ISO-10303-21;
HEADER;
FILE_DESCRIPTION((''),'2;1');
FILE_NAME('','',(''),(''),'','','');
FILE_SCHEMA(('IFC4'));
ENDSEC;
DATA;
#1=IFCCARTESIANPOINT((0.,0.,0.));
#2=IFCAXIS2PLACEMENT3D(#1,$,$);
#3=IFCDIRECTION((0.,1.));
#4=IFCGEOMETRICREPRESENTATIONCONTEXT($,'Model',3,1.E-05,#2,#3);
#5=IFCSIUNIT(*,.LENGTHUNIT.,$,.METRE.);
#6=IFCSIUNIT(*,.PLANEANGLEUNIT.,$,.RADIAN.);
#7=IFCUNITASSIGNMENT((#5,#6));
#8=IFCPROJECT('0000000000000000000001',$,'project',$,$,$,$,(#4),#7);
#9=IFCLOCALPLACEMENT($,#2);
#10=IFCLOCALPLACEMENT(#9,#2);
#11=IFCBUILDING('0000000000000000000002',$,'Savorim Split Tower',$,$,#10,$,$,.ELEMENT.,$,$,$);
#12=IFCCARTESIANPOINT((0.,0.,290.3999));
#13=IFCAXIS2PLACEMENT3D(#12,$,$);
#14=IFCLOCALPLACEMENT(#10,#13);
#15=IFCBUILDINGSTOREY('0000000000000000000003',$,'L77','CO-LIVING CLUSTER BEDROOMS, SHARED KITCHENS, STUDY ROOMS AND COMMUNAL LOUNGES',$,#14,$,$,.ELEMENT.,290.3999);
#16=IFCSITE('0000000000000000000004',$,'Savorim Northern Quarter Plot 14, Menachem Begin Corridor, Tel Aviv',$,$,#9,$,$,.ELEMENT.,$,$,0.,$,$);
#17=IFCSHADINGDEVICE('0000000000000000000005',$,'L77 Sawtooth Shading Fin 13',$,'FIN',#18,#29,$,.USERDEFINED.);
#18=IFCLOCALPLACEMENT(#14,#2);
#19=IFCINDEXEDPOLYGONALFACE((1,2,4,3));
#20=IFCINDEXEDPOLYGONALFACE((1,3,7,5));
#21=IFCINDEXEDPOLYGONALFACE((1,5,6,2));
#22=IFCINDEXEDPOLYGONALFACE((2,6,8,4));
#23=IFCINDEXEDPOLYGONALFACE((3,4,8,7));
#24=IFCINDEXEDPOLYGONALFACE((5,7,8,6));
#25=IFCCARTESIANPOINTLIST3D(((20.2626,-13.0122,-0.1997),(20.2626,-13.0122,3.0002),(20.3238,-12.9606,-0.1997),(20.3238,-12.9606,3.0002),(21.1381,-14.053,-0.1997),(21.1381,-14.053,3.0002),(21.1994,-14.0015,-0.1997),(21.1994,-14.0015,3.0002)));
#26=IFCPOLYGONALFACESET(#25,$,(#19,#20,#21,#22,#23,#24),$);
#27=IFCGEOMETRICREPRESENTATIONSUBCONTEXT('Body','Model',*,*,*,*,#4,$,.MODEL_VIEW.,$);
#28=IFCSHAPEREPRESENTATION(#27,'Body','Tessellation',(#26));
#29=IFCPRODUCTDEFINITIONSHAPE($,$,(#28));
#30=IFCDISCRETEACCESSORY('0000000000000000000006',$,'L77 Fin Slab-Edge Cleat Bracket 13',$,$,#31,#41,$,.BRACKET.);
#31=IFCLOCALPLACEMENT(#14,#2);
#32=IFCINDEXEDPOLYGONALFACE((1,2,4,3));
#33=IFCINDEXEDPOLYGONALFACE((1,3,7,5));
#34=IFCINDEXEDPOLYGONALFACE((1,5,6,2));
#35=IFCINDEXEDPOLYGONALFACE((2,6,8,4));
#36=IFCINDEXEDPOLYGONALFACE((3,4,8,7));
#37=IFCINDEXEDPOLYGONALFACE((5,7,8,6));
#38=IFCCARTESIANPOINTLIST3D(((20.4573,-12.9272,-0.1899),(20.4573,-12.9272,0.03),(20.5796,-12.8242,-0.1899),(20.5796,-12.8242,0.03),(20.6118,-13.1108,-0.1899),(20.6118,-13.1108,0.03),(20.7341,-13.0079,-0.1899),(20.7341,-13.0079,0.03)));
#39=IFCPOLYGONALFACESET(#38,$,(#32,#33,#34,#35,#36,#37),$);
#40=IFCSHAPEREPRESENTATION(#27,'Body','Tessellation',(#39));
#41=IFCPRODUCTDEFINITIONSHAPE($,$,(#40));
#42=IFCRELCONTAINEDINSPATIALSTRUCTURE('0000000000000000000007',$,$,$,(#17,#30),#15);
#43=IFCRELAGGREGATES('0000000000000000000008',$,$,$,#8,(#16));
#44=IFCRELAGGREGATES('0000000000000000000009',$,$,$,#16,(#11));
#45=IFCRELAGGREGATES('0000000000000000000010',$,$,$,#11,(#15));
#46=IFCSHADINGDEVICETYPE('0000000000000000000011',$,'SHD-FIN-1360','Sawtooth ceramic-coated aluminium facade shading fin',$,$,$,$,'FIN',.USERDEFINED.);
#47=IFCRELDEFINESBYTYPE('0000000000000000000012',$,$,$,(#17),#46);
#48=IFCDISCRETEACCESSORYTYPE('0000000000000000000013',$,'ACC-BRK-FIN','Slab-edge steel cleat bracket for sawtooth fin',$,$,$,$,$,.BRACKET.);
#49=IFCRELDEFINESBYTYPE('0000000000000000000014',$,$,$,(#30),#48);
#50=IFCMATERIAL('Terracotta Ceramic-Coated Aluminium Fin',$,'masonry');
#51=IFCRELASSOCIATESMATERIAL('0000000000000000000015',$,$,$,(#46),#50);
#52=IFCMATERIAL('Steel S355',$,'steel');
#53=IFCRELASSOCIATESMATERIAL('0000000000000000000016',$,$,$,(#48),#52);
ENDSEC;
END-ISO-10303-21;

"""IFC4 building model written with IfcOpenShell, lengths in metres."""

from ifc_helpers import new_model, si_unit, direction, frame, origin, origin_2d, place, context, subcontext, project, spatial, rectangle, extrude, material, type_object, element, save


model = new_model("IFC4")

# Units and contexts
model_context = context("Model", 3, precision=1e-05, world=origin(), true_north=direction((0.0, 1.0)))
body_context = subcontext(model_context, "Body", "Model", "MODEL_VIEW")
ifc_project = project(units=[si_unit("LENGTHUNIT", "METRE"), si_unit("PLANEANGLEUNIT", "RADIAN")], contexts=[model_context])

# Site, building, storey
site_placement = place(None, origin())
site = spatial("IfcSite", under=ifc_project, at=site_placement, Name="Savorim Northern Quarter Plot 14, Menachem Begin Corridor, Tel Aviv", CompositionType="ELEMENT", RefElevation=0.0)
building_placement = place(site_placement, origin())
building = spatial("IfcBuilding", under=site, at=building_placement, Name="Savorim Split Tower", CompositionType="ELEMENT")
storey_placement = place(building_placement, frame((0.0, 0.0, 290.3999)))
storey = spatial("IfcBuildingStorey", under=building, at=storey_placement, Name="L77", Description="CO-LIVING CLUSTER BEDROOMS, SHARED KITCHENS, STUDY ROOMS AND COMMUNAL LOUNGES", CompositionType="ELEMENT", Elevation=290.3999)

# Shared definitions
ifc_material_1 = material(Name="Steel S355", Category="steel")

# Shading device
ifc_material_2 = material(Name="Terracotta Ceramic-Coated Aluminium Fin", Category="masonry")
shading_device_type = type_object("IfcShadingDeviceType", Name="SHD-FIN-1360", Description="Sawtooth ceramic-coated aluminium facade shading fin", ElementType="FIN", PredefinedType="USERDEFINED", material=ifc_material_2)
shading_device_placement = place(storey_placement, frame((20.731, -13.5068, -0.1997), z_axis=(0.0, 0.0, 1.0), x_axis=(0.643719, -0.765262, 0.0)))
element("IfcShadingDevice", 1, at=shading_device_placement, inside=storey, type_object=shading_device_type, Name="L77 Sawtooth Shading Fin 13", ObjectType="FIN", PredefinedType="USERDEFINED", context=body_context, shape_type="SweptSolid", body=[
    extrude(rectangle(XDim=1.3601, YDim=0.0801, at=origin_2d()), origin(), (0.0, 0.0, 1.0), 3.2),
])

# Discrete accessory
discrete_accessory_type = type_object("IfcDiscreteAccessoryType", Name="ACC-BRK-FIN", Description="Slab-edge steel cleat bracket for sawtooth fin", PredefinedType="BRACKET", material=ifc_material_1)
discrete_accessory_placement = place(storey_placement, frame((20.5957, -12.9675, -0.1899), z_axis=(0.0, 0.0, 1.0), x_axis=(0.643719, -0.765262, 0.0)))
element("IfcDiscreteAccessory", 2, at=discrete_accessory_placement, inside=storey, type_object=discrete_accessory_type, Name="L77 Fin Slab-Edge Cleat Bracket 13", PredefinedType="BRACKET", context=body_context, shape_type="SweptSolid", body=[
    extrude(rectangle(XDim=0.24, YDim=0.1599, at=origin_2d()), origin(), (0.0, 0.0, 1.0), 0.22),
])

save(model, "model.ifc")
